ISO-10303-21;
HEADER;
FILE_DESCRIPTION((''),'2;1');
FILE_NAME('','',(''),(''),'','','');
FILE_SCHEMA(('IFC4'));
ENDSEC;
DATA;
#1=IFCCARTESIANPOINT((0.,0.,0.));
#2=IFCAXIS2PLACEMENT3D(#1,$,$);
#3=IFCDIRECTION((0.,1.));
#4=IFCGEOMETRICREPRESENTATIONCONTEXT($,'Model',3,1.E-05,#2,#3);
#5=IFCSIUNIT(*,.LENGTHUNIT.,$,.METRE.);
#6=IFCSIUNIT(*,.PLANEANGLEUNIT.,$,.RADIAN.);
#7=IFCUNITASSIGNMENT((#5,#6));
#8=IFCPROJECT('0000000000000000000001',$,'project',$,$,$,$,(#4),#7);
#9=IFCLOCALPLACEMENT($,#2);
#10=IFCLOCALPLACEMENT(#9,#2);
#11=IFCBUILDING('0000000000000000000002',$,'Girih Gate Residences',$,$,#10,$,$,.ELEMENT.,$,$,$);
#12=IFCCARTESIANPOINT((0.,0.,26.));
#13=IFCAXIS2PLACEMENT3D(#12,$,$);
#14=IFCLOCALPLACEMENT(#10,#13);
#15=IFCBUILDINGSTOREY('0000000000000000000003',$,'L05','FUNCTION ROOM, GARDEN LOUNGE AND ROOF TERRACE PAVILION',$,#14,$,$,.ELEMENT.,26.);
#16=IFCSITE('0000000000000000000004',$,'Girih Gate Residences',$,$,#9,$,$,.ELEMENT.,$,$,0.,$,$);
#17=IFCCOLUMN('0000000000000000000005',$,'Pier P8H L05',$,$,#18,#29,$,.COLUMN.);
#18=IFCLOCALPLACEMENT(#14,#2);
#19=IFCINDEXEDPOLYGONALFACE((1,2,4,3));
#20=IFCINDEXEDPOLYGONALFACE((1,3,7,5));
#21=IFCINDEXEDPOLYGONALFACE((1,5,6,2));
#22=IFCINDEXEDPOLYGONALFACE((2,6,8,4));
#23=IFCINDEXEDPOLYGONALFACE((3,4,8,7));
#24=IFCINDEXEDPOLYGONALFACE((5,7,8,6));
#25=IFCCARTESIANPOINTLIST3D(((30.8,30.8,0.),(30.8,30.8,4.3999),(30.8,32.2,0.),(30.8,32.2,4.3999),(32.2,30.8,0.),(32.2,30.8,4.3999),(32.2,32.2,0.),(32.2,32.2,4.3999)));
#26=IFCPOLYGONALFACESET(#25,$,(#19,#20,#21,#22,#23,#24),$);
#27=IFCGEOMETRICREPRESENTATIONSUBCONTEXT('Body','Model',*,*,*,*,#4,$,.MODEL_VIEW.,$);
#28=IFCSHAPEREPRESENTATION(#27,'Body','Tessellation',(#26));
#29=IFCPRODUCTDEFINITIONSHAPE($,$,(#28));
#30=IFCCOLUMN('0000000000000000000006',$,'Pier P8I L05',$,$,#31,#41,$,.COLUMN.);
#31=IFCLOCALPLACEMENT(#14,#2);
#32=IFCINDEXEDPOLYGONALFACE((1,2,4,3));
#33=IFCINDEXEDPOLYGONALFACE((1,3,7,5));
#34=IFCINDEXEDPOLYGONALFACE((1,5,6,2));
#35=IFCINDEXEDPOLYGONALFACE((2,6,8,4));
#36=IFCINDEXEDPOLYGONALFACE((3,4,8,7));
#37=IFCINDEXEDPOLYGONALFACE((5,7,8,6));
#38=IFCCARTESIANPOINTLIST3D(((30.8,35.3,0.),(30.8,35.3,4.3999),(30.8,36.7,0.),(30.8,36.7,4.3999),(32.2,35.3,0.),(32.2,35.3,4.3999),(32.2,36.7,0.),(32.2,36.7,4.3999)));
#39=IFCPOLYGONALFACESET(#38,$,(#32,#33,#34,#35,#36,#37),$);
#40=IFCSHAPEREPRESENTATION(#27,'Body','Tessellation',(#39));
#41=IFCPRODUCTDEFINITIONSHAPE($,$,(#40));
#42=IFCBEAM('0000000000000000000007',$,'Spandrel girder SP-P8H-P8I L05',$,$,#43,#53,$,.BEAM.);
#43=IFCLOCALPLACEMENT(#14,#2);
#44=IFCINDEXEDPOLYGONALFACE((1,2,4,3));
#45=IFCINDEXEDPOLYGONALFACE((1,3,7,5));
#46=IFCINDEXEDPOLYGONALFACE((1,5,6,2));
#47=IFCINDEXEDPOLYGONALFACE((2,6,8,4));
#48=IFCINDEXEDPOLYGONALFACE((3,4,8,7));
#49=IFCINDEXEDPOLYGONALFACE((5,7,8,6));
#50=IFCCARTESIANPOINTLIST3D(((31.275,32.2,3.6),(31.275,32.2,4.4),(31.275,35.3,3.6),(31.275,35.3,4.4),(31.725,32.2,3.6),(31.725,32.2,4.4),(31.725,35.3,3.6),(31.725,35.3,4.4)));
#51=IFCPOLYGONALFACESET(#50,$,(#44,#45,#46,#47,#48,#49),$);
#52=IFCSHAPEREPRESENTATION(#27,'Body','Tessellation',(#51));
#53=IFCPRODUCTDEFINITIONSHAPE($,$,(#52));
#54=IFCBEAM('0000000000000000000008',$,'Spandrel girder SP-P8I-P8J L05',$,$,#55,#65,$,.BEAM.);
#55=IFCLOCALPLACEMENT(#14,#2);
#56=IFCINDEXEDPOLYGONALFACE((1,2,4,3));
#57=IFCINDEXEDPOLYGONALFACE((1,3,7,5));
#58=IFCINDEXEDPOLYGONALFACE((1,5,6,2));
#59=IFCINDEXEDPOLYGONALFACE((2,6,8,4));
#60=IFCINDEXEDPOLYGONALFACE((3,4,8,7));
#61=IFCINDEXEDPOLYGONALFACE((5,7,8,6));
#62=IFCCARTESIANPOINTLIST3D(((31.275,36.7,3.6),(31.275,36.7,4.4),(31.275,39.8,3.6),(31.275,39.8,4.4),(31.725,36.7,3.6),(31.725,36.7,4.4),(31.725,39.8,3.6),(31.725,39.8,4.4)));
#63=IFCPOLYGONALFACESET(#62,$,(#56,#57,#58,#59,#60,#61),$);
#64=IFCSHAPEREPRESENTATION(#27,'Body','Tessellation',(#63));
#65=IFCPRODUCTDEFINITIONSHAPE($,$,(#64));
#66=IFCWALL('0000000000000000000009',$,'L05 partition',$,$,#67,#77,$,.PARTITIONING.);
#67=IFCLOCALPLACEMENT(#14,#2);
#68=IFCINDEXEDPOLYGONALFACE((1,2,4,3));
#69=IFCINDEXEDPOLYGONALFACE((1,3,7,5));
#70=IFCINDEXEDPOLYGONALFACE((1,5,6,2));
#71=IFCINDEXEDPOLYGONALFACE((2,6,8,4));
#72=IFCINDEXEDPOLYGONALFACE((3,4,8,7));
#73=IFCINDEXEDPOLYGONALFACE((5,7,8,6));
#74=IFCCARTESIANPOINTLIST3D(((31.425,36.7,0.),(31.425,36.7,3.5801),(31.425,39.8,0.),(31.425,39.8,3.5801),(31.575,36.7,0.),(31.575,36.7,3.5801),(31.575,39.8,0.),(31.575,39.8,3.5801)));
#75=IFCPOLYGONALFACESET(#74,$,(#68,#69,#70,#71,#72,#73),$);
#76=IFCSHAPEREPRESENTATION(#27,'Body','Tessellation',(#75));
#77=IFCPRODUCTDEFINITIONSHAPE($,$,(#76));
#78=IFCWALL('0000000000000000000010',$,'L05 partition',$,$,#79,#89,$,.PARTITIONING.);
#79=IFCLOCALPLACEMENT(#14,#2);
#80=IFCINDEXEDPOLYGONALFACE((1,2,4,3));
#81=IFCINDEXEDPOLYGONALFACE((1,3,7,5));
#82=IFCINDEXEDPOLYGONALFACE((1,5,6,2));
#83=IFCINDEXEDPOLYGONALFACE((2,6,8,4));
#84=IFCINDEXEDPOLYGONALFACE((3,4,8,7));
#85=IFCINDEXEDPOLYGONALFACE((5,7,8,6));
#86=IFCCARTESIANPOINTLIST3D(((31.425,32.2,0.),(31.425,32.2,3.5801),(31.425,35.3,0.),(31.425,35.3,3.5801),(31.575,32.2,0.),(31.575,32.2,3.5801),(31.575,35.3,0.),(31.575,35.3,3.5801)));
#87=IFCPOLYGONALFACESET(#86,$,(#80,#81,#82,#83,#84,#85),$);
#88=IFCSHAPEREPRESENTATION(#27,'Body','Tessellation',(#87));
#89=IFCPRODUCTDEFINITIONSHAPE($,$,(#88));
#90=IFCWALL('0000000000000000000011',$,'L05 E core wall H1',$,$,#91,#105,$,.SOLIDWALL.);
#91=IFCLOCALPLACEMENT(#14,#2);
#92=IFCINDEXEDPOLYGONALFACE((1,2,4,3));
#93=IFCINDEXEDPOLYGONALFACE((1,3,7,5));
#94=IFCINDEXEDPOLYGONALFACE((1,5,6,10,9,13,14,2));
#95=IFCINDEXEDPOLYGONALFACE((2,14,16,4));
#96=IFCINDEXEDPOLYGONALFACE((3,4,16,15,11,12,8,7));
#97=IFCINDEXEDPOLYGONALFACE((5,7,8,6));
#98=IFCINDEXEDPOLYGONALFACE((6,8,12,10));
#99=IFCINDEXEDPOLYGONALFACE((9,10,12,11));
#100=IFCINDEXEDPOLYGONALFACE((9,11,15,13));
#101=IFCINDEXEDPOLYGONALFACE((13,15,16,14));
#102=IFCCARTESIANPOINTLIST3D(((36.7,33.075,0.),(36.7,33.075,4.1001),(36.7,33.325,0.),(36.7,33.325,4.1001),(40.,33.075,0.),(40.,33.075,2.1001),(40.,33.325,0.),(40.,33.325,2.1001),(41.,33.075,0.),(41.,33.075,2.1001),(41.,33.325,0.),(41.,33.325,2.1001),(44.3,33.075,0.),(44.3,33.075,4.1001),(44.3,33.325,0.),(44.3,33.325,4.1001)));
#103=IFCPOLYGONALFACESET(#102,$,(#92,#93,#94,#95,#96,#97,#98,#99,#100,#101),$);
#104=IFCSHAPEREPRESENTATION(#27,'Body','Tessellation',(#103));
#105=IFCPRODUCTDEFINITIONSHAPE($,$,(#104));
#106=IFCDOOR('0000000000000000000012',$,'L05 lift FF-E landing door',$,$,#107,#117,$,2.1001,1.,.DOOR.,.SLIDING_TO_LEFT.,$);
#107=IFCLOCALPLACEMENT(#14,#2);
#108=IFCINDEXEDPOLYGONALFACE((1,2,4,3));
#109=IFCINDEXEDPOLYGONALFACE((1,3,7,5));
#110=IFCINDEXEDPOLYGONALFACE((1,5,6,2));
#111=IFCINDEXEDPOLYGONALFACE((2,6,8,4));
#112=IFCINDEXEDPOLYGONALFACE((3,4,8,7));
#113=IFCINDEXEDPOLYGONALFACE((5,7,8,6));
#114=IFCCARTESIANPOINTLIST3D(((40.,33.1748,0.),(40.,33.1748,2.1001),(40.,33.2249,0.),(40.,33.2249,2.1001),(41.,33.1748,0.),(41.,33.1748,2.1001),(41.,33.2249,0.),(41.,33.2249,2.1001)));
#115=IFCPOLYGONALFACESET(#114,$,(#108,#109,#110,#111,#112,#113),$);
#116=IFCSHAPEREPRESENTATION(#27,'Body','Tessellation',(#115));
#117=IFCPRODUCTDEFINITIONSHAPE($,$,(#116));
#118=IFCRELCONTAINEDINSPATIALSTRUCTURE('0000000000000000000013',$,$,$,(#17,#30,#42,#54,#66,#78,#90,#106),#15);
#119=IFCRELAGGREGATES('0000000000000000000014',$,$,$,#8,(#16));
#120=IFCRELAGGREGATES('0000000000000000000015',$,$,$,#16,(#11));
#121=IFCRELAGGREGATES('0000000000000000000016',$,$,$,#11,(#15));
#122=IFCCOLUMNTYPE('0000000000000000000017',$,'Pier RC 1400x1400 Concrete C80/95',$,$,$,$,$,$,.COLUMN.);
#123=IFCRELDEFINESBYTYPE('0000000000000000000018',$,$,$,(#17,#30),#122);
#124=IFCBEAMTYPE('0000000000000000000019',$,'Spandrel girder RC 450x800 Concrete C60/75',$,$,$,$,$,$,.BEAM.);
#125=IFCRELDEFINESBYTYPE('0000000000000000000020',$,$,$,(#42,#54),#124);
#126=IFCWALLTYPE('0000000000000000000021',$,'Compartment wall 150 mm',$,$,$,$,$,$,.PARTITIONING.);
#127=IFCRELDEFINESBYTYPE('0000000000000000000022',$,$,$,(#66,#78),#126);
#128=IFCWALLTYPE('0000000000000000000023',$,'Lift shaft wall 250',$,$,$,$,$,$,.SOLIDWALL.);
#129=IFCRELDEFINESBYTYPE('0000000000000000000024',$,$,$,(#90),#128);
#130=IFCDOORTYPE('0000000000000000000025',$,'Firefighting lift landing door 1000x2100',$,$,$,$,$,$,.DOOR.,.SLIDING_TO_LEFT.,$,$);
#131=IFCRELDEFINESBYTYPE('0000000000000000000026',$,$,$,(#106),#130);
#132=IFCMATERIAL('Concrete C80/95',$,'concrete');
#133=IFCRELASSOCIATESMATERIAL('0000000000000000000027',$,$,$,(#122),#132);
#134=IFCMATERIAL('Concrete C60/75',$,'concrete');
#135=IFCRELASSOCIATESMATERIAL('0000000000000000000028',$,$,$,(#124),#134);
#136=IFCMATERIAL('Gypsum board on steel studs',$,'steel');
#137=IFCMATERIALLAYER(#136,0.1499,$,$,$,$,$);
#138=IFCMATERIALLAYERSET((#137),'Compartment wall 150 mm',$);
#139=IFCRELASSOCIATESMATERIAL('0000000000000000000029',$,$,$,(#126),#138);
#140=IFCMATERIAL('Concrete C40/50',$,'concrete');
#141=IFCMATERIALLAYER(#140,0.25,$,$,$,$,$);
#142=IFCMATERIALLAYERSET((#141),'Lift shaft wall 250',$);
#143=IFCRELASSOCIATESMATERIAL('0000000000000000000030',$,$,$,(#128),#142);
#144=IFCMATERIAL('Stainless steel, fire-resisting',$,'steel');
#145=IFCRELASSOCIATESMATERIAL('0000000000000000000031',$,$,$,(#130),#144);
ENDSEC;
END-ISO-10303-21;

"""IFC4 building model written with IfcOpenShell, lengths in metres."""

from ifc_helpers import new_model, si_unit, direction, frame, frame_2d, origin, origin_2d, place, context, subcontext, project, spatial, rectangle, extrude, material, layer, layer_set, material_profile, profile_set, type_object, element, fill, save


model = new_model("IFC4")

# Units and contexts
model_context = context("Model", 3, precision=1e-05, world=origin(), true_north=direction((0.0, 1.0)))
body_context = subcontext(model_context, "Body", "Model", "MODEL_VIEW")
ifc_project = project(units=[si_unit("LENGTHUNIT", "METRE"), si_unit("PLANEANGLEUNIT", "RADIAN")], contexts=[model_context])

# Site, building, storey
site_placement = place(None, origin())
site = spatial("IfcSite", under=ifc_project, at=site_placement, Name="Girih Gate Residences", CompositionType="ELEMENT", RefElevation=0.0)
building_placement = place(site_placement, origin())
building = spatial("IfcBuilding", under=site, at=building_placement, Name="Girih Gate Residences", CompositionType="ELEMENT")
storey_placement = place(building_placement, frame((0.0, 0.0, 26.0)))
storey = spatial("IfcBuildingStorey", under=building, at=storey_placement, Name="L05", Description="FUNCTION ROOM, GARDEN LOUNGE AND ROOF TERRACE PAVILION", CompositionType="ELEMENT", Elevation=26.0)

# Columns
ifc_material_1 = material(Name="Concrete C80/95", Category="concrete")
ifc_material_profile_1 = material_profile(ifc_material_1, rectangle(XDim=1.3999, YDim=1.3999, at=origin_2d()))
ifc_profile_set_1 = profile_set([ifc_material_profile_1], Name="Concrete C80/95")
column_type = type_object("IfcColumnType", Name="Pier RC 1400x1400 Concrete C80/95", PredefinedType="COLUMN", material=ifc_profile_set_1)
for number, where, z_axis, x_axis, name in (
    (1, (31.5, 31.5, 0.0), (0.0, 0.0, 1.0), (1.0, 0.0, 0.0), "Pier P8H L05"),
    (2, (31.5, 36.0, 0.0), (0.0, 0.0, 1.0), (1.0, 0.0, 0.0), "Pier P8I L05"),
):
    element("IfcColumn", number, at=place(storey_placement, frame(where, z_axis=z_axis, x_axis=x_axis)), inside=storey, type_object=column_type, Name=name, PredefinedType="COLUMN", context=body_context, shape_type="SweptSolid", body=[
        extrude(rectangle(XDim=1.3999, YDim=1.3999, at=origin_2d()), origin(), (0.0, 0.0, 1.0), 4.3999),
    ])

# Beams
ifc_material_2 = material(Name="Concrete C60/75", Category="concrete")
ifc_material_profile_2 = material_profile(ifc_material_2, rectangle(XDim=0.45, YDim=0.8, at=origin_2d()))
ifc_profile_set_2 = profile_set([ifc_material_profile_2], Name="Concrete C60/75")
beam_type = type_object("IfcBeamType", Name="Spandrel girder RC 450x800 Concrete C60/75", PredefinedType="BEAM", material=ifc_profile_set_2)
for number, where, z_axis, x_axis, name in (
    (3, (31.5, 32.2, 4.0), (0.0, 1.0, 0.0), (-1.0, 0.0, 0.0), "Spandrel girder SP-P8H-P8I L05"),
    (4, (31.5, 36.7, 4.0), (0.0, 1.0, 0.0), (-1.0, 0.0, 0.0), "Spandrel girder SP-P8I-P8J L05"),
):
    element("IfcBeam", number, at=place(storey_placement, frame(where, z_axis=z_axis, x_axis=x_axis)), inside=storey, type_object=beam_type, Name=name, PredefinedType="BEAM", context=body_context, shape_type="SweptSolid", body=[
        extrude(rectangle(XDim=0.45, YDim=0.8, at=origin_2d()), origin(), (0.0, 0.0, 1.0), 3.1001),
    ])

# Walls
ifc_material_3 = material(Name="Gypsum board on steel studs", Category="steel")
ifc_layer_1 = layer(ifc_material_3, 0.1499)
ifc_layer_set_1 = layer_set([ifc_layer_1], Name="Compartment wall 150 mm")
wall_type_1 = type_object("IfcWallType", Name="Compartment wall 150 mm", PredefinedType="PARTITIONING", material=ifc_layer_set_1)
for number, where, z_axis, x_axis, name in (
    (5, (31.5, 36.7, 0.0), (0.0, 0.0, 1.0), (0.0, 1.0, 0.0), "L05 partition"),
    (6, (31.5, 32.2, 0.0), (0.0, 0.0, 1.0), (0.0, 1.0, 0.0), "L05 partition"),
):
    element("IfcWall", number, at=place(storey_placement, frame(where, z_axis=z_axis, x_axis=x_axis)), inside=storey, type_object=wall_type_1, Name=name, PredefinedType="PARTITIONING", context=body_context, shape_type="SweptSolid", body=[
        extrude(rectangle(XDim=3.1001, YDim=0.1499, at=frame_2d((1.55, 0.0))), origin(), (0.0, 0.0, 1.0), 3.5801),
    ])

# Wall, opening, door
ifc_material_4 = material(Name="Concrete C40/50", Category="concrete")
ifc_layer_2 = layer(ifc_material_4, 0.25)
ifc_layer_set_2 = layer_set([ifc_layer_2], Name="Lift shaft wall 250")
wall_type_2 = type_object("IfcWallType", Name="Lift shaft wall 250", PredefinedType="SOLIDWALL", material=ifc_layer_set_2)
wall_1_placement = place(storey_placement, frame((36.7, 33.2, 0.0), z_axis=(0.0, 0.0, 1.0), x_axis=(1.0, 0.0, 0.0)))
wall_1 = element("IfcWall", 7, at=wall_1_placement, inside=storey, type_object=wall_type_2, Name="L05 E core wall H1", PredefinedType="SOLIDWALL", context=body_context, shape_type="SweptSolid", body=[
    extrude(rectangle(XDim=7.6001, YDim=0.25, at=frame_2d((3.8, 0.0))), origin(), (0.0, 0.0, 1.0), 4.1001),
])
opening_1_placement = place(wall_1_placement, frame((3.3, 0.0, 0.0)))
opening_1 = element("IfcOpeningElement", 8, at=opening_1_placement, cuts=wall_1, PredefinedType="OPENING", context=body_context, shape_type="SweptSolid", body=[
    extrude(rectangle(XDim=1.0, YDim=2.1001, at=frame_2d((0.5, 1.05))), frame((0.0, 0.135, 0.0), z_axis=(0.0, -1.0, 0.0), x_axis=(1.0, 0.0, 0.0)), (0.0, 0.0, 1.0), 0.27),
])
ifc_material_5 = material(Name="Stainless steel, fire-resisting", Category="steel")
door_type_1 = type_object("IfcDoorType", Name="Firefighting lift landing door 1000x2100", OperationType="SLIDING_TO_LEFT", PredefinedType="DOOR", material=ifc_material_5)
door_1_placement = place(opening_1_placement, origin())
door_1 = element("IfcDoor", 9, at=door_1_placement, inside=storey, type_object=door_type_1, Name="L05 lift FF-E landing door", OperationType="SLIDING_TO_LEFT", OverallHeight=2.1001, OverallWidth=1.0, PredefinedType="DOOR", context=body_context, shape_type="SweptSolid", body=[
    extrude(rectangle(XDim=1.0, YDim=2.1001, at=frame_2d((0.5, 1.05))), frame((0.0, 0.0249, 0.0), z_axis=(0.0, -1.0, 0.0), x_axis=(1.0, 0.0, 0.0)), (0.0, 0.0, 1.0), 0.05),
])
fill(opening_1, door_1)

save(model, "model.ifc")
